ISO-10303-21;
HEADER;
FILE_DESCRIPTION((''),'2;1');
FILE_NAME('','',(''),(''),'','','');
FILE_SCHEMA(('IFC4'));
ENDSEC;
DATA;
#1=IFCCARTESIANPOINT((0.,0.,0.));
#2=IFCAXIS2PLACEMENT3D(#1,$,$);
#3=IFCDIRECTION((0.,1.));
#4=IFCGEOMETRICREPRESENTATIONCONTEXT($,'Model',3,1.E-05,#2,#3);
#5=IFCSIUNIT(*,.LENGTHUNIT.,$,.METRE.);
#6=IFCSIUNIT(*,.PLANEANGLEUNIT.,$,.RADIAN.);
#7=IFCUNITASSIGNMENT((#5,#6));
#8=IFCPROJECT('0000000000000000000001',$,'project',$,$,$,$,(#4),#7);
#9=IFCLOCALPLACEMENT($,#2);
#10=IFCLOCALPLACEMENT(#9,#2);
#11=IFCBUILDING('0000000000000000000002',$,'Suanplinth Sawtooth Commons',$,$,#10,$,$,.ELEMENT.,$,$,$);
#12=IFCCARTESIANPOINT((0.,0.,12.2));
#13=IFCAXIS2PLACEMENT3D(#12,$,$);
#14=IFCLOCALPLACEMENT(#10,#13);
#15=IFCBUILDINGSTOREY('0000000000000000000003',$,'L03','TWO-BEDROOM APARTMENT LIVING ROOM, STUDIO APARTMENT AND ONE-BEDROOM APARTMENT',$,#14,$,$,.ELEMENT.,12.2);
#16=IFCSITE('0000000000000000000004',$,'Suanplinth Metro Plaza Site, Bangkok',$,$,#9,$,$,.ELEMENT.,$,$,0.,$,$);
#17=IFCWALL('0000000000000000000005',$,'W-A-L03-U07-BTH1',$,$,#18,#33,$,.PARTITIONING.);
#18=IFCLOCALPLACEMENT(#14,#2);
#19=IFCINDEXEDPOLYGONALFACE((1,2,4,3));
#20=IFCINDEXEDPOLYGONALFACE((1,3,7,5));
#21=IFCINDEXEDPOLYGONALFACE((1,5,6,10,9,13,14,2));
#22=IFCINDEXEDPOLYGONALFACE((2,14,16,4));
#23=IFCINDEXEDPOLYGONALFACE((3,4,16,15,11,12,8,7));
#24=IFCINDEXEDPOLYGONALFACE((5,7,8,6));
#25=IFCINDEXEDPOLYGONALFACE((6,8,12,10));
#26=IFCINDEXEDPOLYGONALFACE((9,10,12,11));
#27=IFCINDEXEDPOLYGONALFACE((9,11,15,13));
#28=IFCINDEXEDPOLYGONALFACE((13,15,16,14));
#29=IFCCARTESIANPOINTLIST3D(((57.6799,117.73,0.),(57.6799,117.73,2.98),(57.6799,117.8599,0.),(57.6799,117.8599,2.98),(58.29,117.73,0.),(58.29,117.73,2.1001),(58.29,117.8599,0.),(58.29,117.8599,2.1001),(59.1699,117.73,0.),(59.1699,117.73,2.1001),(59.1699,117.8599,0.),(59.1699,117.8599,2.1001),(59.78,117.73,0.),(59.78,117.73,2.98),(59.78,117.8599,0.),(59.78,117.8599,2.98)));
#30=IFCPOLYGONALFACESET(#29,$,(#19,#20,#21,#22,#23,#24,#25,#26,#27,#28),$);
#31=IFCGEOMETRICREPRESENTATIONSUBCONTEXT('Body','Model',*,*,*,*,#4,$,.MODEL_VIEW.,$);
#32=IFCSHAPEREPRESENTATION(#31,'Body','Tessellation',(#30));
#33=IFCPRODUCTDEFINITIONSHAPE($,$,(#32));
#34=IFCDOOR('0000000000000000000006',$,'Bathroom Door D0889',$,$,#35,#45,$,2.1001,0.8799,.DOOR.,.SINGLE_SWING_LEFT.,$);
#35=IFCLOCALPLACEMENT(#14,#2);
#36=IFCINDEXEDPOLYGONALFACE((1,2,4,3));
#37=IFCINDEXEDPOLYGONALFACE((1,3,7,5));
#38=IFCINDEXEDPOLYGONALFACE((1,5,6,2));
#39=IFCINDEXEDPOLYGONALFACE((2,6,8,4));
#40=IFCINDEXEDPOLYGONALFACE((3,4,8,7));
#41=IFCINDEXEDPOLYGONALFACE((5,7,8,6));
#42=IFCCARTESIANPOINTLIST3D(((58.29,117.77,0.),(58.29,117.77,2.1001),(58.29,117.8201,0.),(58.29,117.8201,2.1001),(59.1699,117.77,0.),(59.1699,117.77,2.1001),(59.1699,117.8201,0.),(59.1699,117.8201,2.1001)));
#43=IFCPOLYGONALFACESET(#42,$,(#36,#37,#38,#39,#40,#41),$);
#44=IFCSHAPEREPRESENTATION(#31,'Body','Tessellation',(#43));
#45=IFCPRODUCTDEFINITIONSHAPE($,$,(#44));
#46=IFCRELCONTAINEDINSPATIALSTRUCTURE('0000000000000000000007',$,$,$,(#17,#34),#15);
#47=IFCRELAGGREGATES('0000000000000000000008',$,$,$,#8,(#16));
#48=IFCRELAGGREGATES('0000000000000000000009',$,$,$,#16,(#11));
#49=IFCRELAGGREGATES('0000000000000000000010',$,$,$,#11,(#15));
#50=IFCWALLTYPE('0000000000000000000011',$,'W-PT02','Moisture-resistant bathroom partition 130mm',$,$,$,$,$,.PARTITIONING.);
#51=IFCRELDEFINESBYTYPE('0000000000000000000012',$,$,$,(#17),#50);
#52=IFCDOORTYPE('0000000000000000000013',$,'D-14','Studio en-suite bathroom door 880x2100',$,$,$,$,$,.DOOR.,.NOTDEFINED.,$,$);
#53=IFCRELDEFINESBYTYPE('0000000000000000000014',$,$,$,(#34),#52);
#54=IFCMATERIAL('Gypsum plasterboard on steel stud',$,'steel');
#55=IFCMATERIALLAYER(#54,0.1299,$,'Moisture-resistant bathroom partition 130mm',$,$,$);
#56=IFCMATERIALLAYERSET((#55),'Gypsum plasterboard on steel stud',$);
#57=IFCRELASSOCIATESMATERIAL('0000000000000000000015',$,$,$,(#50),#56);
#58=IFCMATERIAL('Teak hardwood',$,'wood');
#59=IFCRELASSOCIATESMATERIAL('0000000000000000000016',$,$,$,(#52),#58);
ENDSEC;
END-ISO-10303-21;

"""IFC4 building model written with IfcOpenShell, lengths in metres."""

from ifc_helpers import new_model, si_unit, direction, frame, frame_2d, origin, place, context, subcontext, project, spatial, rectangle, extrude, material, layer, layer_set, type_object, element, fill, save


model = new_model("IFC4")

# Units and contexts
model_context = context("Model", 3, precision=1e-05, world=origin(), true_north=direction((0.0, 1.0)))
body_context = subcontext(model_context, "Body", "Model", "MODEL_VIEW")
ifc_project = project(units=[si_unit("LENGTHUNIT", "METRE"), si_unit("PLANEANGLEUNIT", "RADIAN")], contexts=[model_context])

# Site, building, storey
site_placement = place(None, origin())
site = spatial("IfcSite", under=ifc_project, at=site_placement, Name="Suanplinth Metro Plaza Site, Bangkok", CompositionType="ELEMENT", RefElevation=0.0)
building_placement = place(site_placement, origin())
building = spatial("IfcBuilding", under=site, at=building_placement, Name="Suanplinth Sawtooth Commons", CompositionType="ELEMENT")
storey_placement = place(building_placement, frame((0.0, 0.0, 12.2)))
storey = spatial("IfcBuildingStorey", under=building, at=storey_placement, Name="L03", Description="TWO-BEDROOM APARTMENT LIVING ROOM, STUDIO APARTMENT AND ONE-BEDROOM APARTMENT", CompositionType="ELEMENT", Elevation=12.2)

# Wall, opening, door
ifc_material_1 = material(Name="Gypsum plasterboard on steel stud", Category="steel")
ifc_layer_1 = layer(ifc_material_1, 0.1299, Name="Moisture-resistant bathroom partition 130mm")
ifc_layer_set_1 = layer_set([ifc_layer_1], Name="Gypsum plasterboard on steel stud")
wall_type_1 = type_object("IfcWallType", Name="W-PT02", Description="Moisture-resistant bathroom partition 130mm", PredefinedType="PARTITIONING", material=ifc_layer_set_1)
wall_1_placement = place(storey_placement, frame((57.6799, 117.7949, 0.0), z_axis=(0.0, 0.0, 1.0), x_axis=(1.0, 0.0, 0.0)))
wall_1 = element("IfcWall", 1, at=wall_1_placement, inside=storey, type_object=wall_type_1, Name="W-A-L03-U07-BTH1", PredefinedType="PARTITIONING", context=body_context, shape_type="SweptSolid", body=[
    extrude(rectangle(XDim=2.1001, YDim=0.1299, at=frame_2d((1.05, 0.0))), origin(), (0.0, 0.0, 1.0), 2.98),
])
opening_1_placement = place(wall_1_placement, frame((0.6101, 0.0, 0.0)))
opening_1 = element("IfcOpeningElement", 2, at=opening_1_placement, cuts=wall_1, PredefinedType="OPENING", context=body_context, shape_type="SweptSolid", body=[
    extrude(rectangle(XDim=0.8799, YDim=2.1001, at=frame_2d((0.4399, 1.05))), frame((0.0, 0.0798, 0.0), z_axis=(0.0, -1.0, 0.0), x_axis=(1.0, 0.0, 0.0)), (0.0, 0.0, 1.0), 0.1597),
])
ifc_material_2 = material(Name="Teak hardwood", Category="wood")
door_type_1 = type_object("IfcDoorType", Name="D-14", Description="Studio en-suite bathroom door 880x2100", OperationType="NOTDEFINED", PredefinedType="DOOR", material=ifc_material_2)
door_1_placement = place(opening_1_placement, frame((0.8799, 0.0, 0.0), z_axis=(0.0, 0.0, 1.0), x_axis=(-1.0, 0.0, 0.0)))
door_1 = element("IfcDoor", 3, at=door_1_placement, inside=storey, type_object=door_type_1, Name="Bathroom Door D0889", OperationType="SINGLE_SWING_LEFT", OverallHeight=2.1001, OverallWidth=0.8799, PredefinedType="DOOR", context=body_context, shape_type="SweptSolid", body=[
    extrude(rectangle(XDim=0.8799, YDim=2.1001, at=frame_2d((0.4399, 1.05))), frame((0.0, 0.0249, 0.0), z_axis=(0.0, -1.0, 0.0), x_axis=(1.0, 0.0, 0.0)), (0.0, 0.0, 1.0), 0.05),
])
fill(opening_1, door_1)

save(model, "model.ifc")
